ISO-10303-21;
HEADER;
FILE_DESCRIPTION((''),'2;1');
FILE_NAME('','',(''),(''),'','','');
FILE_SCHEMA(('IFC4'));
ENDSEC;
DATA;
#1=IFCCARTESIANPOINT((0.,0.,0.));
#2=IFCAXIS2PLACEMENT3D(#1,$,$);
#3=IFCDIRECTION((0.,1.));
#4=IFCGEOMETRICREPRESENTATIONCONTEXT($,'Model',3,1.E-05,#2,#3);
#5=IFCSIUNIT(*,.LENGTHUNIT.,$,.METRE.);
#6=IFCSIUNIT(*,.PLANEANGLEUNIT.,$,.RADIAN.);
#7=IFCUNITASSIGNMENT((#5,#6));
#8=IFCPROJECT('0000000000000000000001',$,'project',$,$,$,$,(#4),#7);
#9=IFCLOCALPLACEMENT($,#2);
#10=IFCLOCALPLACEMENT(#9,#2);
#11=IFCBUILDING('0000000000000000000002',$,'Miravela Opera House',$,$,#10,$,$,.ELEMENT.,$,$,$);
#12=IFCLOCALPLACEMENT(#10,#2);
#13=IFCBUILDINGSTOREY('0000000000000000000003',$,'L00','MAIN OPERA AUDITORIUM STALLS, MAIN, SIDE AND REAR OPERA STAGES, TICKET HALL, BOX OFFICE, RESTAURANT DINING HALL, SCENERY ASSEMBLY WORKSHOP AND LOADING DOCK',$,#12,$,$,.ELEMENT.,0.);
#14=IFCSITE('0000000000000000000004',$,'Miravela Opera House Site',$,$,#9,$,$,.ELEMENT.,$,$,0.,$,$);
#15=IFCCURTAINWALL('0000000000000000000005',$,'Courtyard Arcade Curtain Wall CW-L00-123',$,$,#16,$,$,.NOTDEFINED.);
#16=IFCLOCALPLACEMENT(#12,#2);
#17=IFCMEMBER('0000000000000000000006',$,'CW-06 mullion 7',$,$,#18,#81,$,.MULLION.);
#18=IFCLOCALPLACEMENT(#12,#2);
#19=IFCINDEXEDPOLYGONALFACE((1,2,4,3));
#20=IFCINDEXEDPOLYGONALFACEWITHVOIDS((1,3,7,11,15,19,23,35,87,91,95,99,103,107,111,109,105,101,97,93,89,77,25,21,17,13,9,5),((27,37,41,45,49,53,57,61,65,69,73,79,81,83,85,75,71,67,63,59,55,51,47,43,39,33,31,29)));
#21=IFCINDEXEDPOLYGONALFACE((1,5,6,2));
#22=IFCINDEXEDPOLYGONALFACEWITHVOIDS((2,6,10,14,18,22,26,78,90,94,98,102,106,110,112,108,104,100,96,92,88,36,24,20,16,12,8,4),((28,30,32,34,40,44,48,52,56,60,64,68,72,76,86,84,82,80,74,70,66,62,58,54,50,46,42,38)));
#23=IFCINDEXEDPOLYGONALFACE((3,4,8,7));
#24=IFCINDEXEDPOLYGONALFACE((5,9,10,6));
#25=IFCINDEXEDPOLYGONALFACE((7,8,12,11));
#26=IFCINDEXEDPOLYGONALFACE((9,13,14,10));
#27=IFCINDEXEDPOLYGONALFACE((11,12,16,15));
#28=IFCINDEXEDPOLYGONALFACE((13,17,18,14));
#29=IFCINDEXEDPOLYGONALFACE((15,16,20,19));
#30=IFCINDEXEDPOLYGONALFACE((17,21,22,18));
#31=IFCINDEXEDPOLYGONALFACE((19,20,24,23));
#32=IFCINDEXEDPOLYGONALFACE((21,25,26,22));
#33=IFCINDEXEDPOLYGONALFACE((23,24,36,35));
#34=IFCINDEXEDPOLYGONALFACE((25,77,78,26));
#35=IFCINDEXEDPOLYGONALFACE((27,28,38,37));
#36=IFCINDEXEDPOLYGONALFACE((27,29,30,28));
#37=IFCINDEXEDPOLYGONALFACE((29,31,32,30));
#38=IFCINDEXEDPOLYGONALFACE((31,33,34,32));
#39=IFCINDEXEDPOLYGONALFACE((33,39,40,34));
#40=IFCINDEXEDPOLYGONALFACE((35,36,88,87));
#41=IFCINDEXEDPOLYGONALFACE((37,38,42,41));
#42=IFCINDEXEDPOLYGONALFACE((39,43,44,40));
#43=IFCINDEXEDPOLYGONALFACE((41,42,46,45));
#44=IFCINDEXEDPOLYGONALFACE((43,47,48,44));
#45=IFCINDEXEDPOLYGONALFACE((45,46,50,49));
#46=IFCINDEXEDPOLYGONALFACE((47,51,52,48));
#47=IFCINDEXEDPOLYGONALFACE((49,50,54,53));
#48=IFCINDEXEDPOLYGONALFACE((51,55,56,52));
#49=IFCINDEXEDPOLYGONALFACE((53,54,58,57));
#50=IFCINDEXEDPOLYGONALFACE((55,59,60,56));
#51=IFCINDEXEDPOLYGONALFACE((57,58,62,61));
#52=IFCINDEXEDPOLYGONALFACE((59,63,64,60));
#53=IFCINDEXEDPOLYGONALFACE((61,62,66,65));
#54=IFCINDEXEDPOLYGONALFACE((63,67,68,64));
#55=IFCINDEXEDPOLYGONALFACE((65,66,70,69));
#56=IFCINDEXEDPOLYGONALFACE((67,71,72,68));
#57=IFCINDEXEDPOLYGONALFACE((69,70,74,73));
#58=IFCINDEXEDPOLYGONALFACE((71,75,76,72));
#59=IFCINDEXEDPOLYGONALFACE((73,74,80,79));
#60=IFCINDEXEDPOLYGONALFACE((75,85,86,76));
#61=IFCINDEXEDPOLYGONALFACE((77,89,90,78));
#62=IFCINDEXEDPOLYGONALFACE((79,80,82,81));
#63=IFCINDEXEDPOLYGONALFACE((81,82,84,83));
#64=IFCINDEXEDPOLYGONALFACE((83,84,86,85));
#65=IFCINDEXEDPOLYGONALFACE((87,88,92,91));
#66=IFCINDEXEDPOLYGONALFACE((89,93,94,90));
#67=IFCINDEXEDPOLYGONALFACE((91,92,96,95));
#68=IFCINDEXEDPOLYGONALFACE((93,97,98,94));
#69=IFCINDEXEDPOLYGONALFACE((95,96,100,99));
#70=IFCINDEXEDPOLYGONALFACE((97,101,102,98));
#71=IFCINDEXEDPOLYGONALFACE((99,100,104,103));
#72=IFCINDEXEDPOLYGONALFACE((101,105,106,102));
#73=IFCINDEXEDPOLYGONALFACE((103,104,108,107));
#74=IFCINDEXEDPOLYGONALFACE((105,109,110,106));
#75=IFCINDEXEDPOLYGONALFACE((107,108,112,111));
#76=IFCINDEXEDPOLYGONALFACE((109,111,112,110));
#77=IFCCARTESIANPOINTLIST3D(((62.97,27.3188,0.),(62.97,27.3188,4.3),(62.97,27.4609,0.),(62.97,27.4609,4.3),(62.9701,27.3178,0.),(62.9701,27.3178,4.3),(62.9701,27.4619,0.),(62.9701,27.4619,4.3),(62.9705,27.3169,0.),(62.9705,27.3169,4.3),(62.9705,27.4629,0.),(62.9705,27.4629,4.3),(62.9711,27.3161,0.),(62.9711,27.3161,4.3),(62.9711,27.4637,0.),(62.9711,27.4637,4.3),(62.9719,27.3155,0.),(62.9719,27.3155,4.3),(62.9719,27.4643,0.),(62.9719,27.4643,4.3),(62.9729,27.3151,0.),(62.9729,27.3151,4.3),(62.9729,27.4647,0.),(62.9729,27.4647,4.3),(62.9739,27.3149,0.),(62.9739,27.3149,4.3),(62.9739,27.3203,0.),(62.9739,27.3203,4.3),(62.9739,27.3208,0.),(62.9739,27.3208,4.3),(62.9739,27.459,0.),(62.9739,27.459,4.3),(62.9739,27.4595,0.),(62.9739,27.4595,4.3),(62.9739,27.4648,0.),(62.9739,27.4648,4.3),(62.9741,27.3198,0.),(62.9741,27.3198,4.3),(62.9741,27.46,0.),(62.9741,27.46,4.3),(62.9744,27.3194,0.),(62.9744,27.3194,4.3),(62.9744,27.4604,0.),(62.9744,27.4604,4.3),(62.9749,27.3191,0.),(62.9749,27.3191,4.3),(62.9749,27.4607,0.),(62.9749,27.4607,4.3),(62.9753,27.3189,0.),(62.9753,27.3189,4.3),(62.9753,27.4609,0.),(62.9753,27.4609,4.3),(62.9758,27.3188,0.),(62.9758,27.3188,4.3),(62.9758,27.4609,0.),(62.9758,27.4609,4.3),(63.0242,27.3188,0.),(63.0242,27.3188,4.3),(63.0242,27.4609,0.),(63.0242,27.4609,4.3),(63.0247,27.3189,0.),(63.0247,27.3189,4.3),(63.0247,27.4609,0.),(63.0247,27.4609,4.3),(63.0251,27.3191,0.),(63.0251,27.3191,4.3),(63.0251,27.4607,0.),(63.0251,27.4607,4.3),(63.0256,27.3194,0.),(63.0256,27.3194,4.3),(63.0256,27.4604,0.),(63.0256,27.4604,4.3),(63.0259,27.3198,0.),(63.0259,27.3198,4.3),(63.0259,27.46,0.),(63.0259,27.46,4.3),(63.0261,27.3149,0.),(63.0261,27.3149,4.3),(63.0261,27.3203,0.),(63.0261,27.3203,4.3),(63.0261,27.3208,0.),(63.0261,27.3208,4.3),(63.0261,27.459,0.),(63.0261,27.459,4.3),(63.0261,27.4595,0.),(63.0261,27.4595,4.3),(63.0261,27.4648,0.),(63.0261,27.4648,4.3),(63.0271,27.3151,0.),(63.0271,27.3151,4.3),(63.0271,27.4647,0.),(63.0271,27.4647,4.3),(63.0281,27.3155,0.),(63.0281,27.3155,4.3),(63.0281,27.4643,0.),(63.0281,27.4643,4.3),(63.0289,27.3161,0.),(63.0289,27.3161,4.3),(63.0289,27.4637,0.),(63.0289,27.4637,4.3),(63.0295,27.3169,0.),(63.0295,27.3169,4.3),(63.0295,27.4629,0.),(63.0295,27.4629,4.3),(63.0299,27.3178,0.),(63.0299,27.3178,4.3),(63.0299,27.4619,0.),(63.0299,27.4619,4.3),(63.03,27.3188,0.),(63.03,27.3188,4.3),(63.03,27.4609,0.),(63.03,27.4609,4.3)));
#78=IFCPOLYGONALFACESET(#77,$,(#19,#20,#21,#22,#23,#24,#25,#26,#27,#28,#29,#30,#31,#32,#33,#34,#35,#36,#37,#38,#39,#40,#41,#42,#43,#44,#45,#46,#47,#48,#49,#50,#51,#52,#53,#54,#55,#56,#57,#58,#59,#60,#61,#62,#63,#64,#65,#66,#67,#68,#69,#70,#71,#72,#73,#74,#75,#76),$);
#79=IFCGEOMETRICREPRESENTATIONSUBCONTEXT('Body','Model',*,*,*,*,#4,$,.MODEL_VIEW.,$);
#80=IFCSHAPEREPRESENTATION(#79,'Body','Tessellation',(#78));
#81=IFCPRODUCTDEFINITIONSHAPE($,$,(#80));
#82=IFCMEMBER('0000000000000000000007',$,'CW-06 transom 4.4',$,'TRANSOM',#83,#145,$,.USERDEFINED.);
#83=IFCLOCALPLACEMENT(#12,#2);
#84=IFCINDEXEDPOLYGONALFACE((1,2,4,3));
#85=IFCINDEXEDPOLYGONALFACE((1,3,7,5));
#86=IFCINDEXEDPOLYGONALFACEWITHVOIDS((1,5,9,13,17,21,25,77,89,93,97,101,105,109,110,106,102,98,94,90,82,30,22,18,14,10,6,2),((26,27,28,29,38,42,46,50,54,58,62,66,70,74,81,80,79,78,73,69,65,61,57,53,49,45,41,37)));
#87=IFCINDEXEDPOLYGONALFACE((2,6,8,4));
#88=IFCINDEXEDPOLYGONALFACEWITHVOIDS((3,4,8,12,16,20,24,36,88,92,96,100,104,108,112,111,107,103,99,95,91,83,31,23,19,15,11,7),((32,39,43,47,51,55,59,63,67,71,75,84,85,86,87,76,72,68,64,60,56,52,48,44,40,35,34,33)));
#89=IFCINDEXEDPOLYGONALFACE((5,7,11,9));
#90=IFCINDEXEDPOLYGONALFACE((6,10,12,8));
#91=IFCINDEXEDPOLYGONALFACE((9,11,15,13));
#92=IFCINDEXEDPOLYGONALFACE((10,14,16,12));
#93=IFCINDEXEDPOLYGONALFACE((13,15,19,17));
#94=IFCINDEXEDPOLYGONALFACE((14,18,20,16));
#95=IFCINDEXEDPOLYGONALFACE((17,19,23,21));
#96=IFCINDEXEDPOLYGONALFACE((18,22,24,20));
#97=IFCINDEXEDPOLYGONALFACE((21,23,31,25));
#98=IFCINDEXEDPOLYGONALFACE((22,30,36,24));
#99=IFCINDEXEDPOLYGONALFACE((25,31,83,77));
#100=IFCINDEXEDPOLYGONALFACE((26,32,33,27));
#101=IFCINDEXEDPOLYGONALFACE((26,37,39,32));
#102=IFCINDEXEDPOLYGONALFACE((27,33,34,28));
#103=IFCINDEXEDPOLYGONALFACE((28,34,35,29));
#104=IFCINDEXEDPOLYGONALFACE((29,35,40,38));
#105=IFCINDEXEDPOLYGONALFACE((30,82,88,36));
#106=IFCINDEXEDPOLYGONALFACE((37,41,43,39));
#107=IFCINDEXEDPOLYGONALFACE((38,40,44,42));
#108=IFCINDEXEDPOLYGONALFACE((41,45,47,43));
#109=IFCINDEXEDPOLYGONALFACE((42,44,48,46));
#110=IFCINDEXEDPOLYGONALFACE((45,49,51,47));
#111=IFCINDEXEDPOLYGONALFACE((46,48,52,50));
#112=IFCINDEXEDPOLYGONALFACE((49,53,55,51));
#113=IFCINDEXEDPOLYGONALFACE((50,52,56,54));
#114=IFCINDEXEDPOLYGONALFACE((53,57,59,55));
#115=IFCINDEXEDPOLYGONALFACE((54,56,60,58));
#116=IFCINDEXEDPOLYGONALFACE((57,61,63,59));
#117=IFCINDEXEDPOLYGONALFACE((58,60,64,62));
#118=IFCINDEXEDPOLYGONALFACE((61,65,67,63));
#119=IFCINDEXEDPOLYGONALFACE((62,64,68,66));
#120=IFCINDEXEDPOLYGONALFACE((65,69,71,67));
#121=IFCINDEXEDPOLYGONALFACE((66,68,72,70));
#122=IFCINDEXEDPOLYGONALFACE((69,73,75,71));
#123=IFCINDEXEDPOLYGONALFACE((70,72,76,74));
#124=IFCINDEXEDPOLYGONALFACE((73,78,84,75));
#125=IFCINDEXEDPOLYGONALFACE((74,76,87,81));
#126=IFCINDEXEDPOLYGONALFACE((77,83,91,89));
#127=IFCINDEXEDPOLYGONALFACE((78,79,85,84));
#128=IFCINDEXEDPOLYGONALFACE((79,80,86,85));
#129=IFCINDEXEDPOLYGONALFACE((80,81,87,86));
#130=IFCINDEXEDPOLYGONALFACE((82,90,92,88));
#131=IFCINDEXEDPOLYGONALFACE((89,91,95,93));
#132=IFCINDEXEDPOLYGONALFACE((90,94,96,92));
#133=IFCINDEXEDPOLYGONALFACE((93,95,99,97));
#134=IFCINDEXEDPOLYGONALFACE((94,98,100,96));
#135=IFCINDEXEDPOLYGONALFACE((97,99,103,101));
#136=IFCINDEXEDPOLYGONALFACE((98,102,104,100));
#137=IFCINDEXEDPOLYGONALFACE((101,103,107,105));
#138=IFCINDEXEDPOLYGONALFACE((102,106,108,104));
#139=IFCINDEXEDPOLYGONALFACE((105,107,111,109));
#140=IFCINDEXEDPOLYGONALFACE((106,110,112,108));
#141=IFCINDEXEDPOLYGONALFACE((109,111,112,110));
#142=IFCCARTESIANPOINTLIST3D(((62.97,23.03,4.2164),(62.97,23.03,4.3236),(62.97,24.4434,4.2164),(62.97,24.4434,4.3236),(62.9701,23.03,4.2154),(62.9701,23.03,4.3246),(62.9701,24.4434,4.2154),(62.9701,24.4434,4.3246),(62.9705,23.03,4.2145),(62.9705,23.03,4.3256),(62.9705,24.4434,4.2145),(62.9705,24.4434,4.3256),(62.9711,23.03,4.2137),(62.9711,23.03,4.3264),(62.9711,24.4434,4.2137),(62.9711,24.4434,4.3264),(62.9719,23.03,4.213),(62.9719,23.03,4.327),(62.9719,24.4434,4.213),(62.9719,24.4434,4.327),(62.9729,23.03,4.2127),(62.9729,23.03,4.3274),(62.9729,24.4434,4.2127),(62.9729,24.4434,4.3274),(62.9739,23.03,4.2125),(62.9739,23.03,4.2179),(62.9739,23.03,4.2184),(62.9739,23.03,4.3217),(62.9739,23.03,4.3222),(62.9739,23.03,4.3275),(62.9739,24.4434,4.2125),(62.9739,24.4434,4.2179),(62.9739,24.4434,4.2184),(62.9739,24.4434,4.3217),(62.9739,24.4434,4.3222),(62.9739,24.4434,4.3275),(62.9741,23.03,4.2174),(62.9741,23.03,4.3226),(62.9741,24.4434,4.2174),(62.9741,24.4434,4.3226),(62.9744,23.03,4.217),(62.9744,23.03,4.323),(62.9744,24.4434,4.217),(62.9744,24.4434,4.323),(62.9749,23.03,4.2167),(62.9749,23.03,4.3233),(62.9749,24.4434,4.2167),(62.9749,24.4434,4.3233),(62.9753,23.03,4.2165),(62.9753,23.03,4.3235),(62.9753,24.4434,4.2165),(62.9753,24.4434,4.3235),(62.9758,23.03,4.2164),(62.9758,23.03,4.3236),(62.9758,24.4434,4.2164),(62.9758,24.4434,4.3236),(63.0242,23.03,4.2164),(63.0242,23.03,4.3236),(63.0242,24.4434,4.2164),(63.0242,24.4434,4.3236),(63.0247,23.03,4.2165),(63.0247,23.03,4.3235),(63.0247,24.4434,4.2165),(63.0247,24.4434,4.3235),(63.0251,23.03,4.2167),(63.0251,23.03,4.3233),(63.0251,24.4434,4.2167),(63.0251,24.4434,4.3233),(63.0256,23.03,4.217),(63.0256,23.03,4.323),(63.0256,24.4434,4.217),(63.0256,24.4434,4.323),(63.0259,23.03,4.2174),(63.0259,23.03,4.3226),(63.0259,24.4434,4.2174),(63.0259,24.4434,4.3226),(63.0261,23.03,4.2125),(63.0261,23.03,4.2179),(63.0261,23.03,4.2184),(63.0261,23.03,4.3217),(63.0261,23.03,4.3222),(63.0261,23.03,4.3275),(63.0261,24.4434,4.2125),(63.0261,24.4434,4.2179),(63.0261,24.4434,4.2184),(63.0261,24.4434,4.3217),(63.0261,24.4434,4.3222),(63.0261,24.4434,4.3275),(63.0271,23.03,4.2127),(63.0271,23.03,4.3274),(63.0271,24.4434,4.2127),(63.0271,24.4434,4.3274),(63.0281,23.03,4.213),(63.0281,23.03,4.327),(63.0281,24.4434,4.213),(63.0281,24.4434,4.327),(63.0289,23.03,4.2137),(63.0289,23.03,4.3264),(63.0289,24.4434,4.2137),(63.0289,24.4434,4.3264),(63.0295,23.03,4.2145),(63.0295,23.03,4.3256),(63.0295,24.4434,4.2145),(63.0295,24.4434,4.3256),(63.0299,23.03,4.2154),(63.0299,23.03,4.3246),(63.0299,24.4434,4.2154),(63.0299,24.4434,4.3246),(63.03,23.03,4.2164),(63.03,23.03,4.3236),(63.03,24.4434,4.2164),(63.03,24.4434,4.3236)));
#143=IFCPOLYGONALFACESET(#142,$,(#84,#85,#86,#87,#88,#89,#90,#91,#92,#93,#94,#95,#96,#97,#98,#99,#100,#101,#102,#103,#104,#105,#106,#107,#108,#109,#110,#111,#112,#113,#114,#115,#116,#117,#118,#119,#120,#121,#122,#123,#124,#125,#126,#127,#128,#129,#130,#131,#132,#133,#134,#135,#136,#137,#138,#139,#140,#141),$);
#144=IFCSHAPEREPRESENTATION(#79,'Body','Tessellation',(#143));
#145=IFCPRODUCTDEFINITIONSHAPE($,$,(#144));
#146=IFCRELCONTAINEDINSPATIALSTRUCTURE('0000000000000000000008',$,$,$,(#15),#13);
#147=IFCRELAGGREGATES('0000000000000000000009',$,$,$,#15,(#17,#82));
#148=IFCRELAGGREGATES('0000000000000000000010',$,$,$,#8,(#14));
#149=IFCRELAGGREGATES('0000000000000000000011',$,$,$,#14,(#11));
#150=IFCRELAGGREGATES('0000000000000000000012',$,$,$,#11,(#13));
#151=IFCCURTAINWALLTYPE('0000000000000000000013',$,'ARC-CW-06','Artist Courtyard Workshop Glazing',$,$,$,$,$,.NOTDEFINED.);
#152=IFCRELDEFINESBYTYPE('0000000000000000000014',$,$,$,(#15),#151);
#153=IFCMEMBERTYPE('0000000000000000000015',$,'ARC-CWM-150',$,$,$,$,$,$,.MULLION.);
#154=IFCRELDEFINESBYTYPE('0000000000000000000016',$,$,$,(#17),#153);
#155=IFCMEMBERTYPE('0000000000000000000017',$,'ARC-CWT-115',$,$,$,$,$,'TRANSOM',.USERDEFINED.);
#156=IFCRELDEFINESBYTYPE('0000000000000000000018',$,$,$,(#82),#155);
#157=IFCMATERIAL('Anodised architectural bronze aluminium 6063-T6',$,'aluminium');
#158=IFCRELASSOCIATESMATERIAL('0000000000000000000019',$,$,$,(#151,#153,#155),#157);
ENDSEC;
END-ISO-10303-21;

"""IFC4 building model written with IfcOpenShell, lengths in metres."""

from ifc_helpers import new_model, si_unit, direction, frame, origin, origin_2d, place, context, subcontext, project, spatial, hollow_rectangle, extrude, material, material_profile, profile_set, type_object, element, aggregate, save


model = new_model("IFC4")

# Units and contexts
model_context = context("Model", 3, precision=1e-05, world=origin(), true_north=direction((0.0, 1.0)))
body_context = subcontext(model_context, "Body", "Model", "MODEL_VIEW")
ifc_project = project(units=[si_unit("LENGTHUNIT", "METRE"), si_unit("PLANEANGLEUNIT", "RADIAN")], contexts=[model_context])

# Site, building, storey
site_placement = place(None, origin())
site = spatial("IfcSite", under=ifc_project, at=site_placement, Name="Miravela Opera House Site", CompositionType="ELEMENT", RefElevation=0.0)
building_placement = place(site_placement, origin())
building = spatial("IfcBuilding", under=site, at=building_placement, Name="Miravela Opera House", CompositionType="ELEMENT")
storey_placement = place(building_placement, origin())
storey = spatial("IfcBuildingStorey", under=building, at=storey_placement, Name="L00", Description="MAIN OPERA AUDITORIUM STALLS, MAIN, SIDE AND REAR OPERA STAGES, TICKET HALL, BOX OFFICE, RESTAURANT DINING HALL, SCENERY ASSEMBLY WORKSHOP AND LOADING DOCK", CompositionType="ELEMENT", Elevation=0.0)

# Curtain wall, members
ifc_material_1 = material(Name="Anodised architectural bronze aluminium 6063-T6", Category="aluminium")
curtain_wall_type = type_object("IfcCurtainWallType", Name="ARC-CW-06", Description="Artist Courtyard Workshop Glazing", PredefinedType="NOTDEFINED", material=ifc_material_1)
curtain_wall_placement = place(storey_placement, origin())
curtain_wall = element("IfcCurtainWall", 1, at=curtain_wall_placement, inside=storey, type_object=curtain_wall_type, Name="Courtyard Arcade Curtain Wall CW-L00-123", PredefinedType="NOTDEFINED")
ifc_material_profile_1 = material_profile(ifc_material_1, hollow_rectangle(XDim=0.0601, YDim=0.1499, WallThickness=0.0039, InnerFilletRadius=0.002, OuterFilletRadius=0.0039, at=origin_2d()), Name="CWM-60X150")
ifc_profile_set_1 = profile_set([ifc_material_profile_1])
member_type_1 = type_object("IfcMemberType", Name="ARC-CWM-150", PredefinedType="MULLION", material=ifc_profile_set_1)
member_1_placement = place(storey_placement, frame((63.0, 27.3899, 0.0), z_axis=(0.0, 0.0, 1.0), x_axis=(-1.0, 0.0, 0.0)))
member_1 = element("IfcMember", 2, at=member_1_placement, type_object=member_type_1, Name="CW-06 mullion 7", PredefinedType="MULLION", context=body_context, shape_type="SweptSolid", body=[
    extrude(hollow_rectangle(XDim=0.0601, YDim=0.1499, WallThickness=0.0039, InnerFilletRadius=0.002, OuterFilletRadius=0.0039, at=origin_2d()), origin(), (0.0, 0.0, 1.0), 4.3),
])
ifc_material_profile_2 = material_profile(ifc_material_1, hollow_rectangle(XDim=0.0601, YDim=0.115, WallThickness=0.0039, InnerFilletRadius=0.002, OuterFilletRadius=0.0039, at=origin_2d()), Name="CWT-60X115")
ifc_profile_set_2 = profile_set([ifc_material_profile_2])
member_type_2 = type_object("IfcMemberType", Name="ARC-CWT-115", ElementType="TRANSOM", PredefinedType="USERDEFINED", material=ifc_profile_set_2)
member_2_placement = place(storey_placement, frame((63.0, 23.03, 4.27), z_axis=(0.0, 1.0, 0.0), x_axis=(-1.0, 0.0, 0.0)))
member_2 = element("IfcMember", 3, at=member_2_placement, type_object=member_type_2, Name="CW-06 transom 4.4", ObjectType="TRANSOM", PredefinedType="USERDEFINED", context=body_context, shape_type="SweptSolid", body=[
    extrude(hollow_rectangle(XDim=0.0601, YDim=0.115, WallThickness=0.0039, InnerFilletRadius=0.002, OuterFilletRadius=0.0039, at=origin_2d()), origin(), (0.0, 0.0, 1.0), 1.4133),
])

aggregate(curtain_wall, [member_1, member_2])

save(model, "model.ifc")
